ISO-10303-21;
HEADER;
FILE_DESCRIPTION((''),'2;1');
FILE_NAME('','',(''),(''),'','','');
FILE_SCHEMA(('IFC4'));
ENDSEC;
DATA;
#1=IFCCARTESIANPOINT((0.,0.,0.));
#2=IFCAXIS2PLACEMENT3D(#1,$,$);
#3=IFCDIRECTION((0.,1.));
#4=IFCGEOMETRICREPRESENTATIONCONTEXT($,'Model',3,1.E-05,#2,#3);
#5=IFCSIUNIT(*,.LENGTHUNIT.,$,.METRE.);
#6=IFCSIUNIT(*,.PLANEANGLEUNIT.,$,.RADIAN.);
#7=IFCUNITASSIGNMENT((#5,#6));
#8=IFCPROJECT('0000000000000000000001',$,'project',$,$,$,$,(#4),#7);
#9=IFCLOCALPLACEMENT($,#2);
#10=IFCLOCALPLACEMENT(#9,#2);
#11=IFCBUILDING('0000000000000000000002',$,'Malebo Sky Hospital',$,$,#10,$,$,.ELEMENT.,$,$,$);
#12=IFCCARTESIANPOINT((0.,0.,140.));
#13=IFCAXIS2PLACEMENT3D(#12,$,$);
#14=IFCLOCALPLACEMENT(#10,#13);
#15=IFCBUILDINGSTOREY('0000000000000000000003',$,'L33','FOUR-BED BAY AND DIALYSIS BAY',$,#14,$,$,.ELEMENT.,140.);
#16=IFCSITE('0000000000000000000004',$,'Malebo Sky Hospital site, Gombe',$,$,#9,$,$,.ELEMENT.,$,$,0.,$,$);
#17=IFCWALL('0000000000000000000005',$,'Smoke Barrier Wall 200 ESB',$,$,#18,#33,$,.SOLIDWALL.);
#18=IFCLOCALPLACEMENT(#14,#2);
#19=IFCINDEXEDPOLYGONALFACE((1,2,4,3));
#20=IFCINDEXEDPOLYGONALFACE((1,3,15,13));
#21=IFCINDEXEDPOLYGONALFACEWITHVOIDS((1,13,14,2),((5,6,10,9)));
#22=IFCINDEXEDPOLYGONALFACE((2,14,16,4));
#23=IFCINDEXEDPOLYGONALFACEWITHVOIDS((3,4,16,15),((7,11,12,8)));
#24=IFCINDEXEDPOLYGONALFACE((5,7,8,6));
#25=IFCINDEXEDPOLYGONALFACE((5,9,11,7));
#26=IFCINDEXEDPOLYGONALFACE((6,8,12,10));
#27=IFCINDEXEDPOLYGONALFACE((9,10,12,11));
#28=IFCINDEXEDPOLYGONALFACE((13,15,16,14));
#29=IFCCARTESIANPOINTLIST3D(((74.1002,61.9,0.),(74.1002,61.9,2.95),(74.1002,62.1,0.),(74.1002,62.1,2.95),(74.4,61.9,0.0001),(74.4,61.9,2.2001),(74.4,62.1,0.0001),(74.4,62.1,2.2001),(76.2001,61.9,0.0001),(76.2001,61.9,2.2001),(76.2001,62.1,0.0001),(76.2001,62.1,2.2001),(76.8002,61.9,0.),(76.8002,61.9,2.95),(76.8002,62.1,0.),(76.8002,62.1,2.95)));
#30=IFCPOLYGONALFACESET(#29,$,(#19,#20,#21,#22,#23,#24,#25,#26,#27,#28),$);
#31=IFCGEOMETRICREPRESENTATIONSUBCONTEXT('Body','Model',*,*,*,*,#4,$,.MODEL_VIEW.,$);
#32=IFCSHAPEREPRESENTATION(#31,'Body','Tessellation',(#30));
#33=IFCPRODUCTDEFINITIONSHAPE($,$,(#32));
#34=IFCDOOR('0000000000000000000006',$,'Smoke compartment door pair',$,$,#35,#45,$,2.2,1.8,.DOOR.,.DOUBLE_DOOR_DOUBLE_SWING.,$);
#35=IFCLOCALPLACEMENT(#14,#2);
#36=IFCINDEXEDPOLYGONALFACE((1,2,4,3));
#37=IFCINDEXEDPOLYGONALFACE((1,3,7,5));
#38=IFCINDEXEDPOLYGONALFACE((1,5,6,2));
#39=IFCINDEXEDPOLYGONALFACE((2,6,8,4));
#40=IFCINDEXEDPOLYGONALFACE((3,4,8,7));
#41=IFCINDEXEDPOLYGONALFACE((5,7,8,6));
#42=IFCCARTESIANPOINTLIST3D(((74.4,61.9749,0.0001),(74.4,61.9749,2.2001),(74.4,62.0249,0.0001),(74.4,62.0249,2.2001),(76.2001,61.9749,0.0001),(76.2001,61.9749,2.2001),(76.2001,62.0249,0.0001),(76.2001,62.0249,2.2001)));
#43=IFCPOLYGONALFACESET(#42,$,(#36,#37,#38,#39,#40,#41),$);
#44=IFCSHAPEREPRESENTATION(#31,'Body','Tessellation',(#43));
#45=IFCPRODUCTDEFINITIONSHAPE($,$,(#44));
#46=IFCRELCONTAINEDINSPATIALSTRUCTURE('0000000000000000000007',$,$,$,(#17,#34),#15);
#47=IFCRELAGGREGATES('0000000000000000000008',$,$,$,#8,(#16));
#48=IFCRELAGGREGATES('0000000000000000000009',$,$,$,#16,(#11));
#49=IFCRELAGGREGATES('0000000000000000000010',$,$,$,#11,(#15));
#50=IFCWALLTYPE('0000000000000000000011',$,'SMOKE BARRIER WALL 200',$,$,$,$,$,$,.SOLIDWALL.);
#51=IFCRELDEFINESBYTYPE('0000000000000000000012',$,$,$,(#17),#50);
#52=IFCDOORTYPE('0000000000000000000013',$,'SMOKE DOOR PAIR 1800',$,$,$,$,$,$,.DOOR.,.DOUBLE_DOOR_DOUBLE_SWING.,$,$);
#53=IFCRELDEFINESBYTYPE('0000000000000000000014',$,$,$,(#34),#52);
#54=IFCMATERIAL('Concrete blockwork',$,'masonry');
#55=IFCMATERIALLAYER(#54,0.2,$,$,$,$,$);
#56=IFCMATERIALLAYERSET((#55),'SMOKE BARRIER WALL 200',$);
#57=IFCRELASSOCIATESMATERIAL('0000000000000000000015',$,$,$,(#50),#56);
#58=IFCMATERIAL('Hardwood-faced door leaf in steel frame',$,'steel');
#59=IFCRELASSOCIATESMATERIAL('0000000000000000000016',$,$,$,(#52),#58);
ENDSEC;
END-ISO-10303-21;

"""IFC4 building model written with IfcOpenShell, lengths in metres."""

from ifc_helpers import new_model, si_unit, direction, frame, frame_2d, origin, place, context, subcontext, project, spatial, rectangle, extrude, material, layer, layer_set, type_object, element, fill, save


model = new_model("IFC4")

# Units and contexts
model_context = context("Model", 3, precision=1e-05, world=origin(), true_north=direction((0.0, 1.0)))
body_context = subcontext(model_context, "Body", "Model", "MODEL_VIEW")
ifc_project = project(units=[si_unit("LENGTHUNIT", "METRE"), si_unit("PLANEANGLEUNIT", "RADIAN")], contexts=[model_context])

# Site, building, storey
site_placement = place(None, origin())
site = spatial("IfcSite", under=ifc_project, at=site_placement, Name="Malebo Sky Hospital site, Gombe", CompositionType="ELEMENT", RefElevation=0.0)
building_placement = place(site_placement, origin())
building = spatial("IfcBuilding", under=site, at=building_placement, Name="Malebo Sky Hospital", CompositionType="ELEMENT")
storey_placement = place(building_placement, frame((0.0, 0.0, 140.0)))
storey = spatial("IfcBuildingStorey", under=building, at=storey_placement, Name="L33", Description="FOUR-BED BAY AND DIALYSIS BAY", CompositionType="ELEMENT", Elevation=140.0)

# Shared definitions
ifc_material_1 = material(Name="Hardwood-faced door leaf in steel frame", Category="steel")

# Shared definitions
ifc_material_2 = material(Name="Concrete blockwork", Category="masonry")
ifc_layer_1 = layer(ifc_material_2, 0.2)
ifc_layer_set_1 = layer_set([ifc_layer_1], Name="SMOKE BARRIER WALL 200")
wall_type_1 = type_object("IfcWallType", Name="SMOKE BARRIER WALL 200", PredefinedType="SOLIDWALL", material=ifc_layer_set_1)

# Wall, opening, door
wall_1_placement = place(storey_placement, frame((74.1001, 62.0, 0.0), z_axis=(0.0, 0.0, 1.0), x_axis=(1.0, 0.0, 0.0)))
wall_1 = element("IfcWall", 1, at=wall_1_placement, inside=storey, type_object=wall_type_1, Name="Smoke Barrier Wall 200 ESB", PredefinedType="SOLIDWALL", context=body_context, shape_type="SweptSolid", body=[
    extrude(rectangle(XDim=2.7, YDim=0.2, at=frame_2d((1.3501, 0.0))), origin(), (0.0, 0.0, 1.0), 2.95),
])
opening_1_placement = place(wall_1_placement, frame((0.3, 0.0, 0.0)))
opening_1 = element("IfcOpeningElement", 2, at=opening_1_placement, cuts=wall_1, PredefinedType="OPENING", context=body_context, shape_type="SweptSolid", body=[
    extrude(rectangle(XDim=1.8, YDim=2.2, at=frame_2d((0.8999, 1.1001))), frame((0.0, 0.1099, 0.0), z_axis=(0.0, -1.0, 0.0), x_axis=(1.0, 0.0, 0.0)), (0.0, 0.0, 1.0), 0.22),
])
door_type_1 = type_object("IfcDoorType", Name="SMOKE DOOR PAIR 1800", OperationType="DOUBLE_DOOR_DOUBLE_SWING", PredefinedType="DOOR", material=ifc_material_1)
door_1_placement = place(opening_1_placement, origin())
door_1 = element("IfcDoor", 3, at=door_1_placement, inside=storey, type_object=door_type_1, Name="Smoke compartment door pair", OperationType="DOUBLE_DOOR_DOUBLE_SWING", OverallHeight=2.2, OverallWidth=1.8, PredefinedType="DOOR", context=body_context, shape_type="SweptSolid", body=[
    extrude(rectangle(XDim=1.8, YDim=2.2, at=frame_2d((0.8999, 1.1001))), frame((0.0, 0.0249, 0.0), z_axis=(0.0, -1.0, 0.0), x_axis=(1.0, 0.0, 0.0)), (0.0, 0.0, 1.0), 0.05),
])
fill(opening_1, door_1)

save(model, "model.ifc")
